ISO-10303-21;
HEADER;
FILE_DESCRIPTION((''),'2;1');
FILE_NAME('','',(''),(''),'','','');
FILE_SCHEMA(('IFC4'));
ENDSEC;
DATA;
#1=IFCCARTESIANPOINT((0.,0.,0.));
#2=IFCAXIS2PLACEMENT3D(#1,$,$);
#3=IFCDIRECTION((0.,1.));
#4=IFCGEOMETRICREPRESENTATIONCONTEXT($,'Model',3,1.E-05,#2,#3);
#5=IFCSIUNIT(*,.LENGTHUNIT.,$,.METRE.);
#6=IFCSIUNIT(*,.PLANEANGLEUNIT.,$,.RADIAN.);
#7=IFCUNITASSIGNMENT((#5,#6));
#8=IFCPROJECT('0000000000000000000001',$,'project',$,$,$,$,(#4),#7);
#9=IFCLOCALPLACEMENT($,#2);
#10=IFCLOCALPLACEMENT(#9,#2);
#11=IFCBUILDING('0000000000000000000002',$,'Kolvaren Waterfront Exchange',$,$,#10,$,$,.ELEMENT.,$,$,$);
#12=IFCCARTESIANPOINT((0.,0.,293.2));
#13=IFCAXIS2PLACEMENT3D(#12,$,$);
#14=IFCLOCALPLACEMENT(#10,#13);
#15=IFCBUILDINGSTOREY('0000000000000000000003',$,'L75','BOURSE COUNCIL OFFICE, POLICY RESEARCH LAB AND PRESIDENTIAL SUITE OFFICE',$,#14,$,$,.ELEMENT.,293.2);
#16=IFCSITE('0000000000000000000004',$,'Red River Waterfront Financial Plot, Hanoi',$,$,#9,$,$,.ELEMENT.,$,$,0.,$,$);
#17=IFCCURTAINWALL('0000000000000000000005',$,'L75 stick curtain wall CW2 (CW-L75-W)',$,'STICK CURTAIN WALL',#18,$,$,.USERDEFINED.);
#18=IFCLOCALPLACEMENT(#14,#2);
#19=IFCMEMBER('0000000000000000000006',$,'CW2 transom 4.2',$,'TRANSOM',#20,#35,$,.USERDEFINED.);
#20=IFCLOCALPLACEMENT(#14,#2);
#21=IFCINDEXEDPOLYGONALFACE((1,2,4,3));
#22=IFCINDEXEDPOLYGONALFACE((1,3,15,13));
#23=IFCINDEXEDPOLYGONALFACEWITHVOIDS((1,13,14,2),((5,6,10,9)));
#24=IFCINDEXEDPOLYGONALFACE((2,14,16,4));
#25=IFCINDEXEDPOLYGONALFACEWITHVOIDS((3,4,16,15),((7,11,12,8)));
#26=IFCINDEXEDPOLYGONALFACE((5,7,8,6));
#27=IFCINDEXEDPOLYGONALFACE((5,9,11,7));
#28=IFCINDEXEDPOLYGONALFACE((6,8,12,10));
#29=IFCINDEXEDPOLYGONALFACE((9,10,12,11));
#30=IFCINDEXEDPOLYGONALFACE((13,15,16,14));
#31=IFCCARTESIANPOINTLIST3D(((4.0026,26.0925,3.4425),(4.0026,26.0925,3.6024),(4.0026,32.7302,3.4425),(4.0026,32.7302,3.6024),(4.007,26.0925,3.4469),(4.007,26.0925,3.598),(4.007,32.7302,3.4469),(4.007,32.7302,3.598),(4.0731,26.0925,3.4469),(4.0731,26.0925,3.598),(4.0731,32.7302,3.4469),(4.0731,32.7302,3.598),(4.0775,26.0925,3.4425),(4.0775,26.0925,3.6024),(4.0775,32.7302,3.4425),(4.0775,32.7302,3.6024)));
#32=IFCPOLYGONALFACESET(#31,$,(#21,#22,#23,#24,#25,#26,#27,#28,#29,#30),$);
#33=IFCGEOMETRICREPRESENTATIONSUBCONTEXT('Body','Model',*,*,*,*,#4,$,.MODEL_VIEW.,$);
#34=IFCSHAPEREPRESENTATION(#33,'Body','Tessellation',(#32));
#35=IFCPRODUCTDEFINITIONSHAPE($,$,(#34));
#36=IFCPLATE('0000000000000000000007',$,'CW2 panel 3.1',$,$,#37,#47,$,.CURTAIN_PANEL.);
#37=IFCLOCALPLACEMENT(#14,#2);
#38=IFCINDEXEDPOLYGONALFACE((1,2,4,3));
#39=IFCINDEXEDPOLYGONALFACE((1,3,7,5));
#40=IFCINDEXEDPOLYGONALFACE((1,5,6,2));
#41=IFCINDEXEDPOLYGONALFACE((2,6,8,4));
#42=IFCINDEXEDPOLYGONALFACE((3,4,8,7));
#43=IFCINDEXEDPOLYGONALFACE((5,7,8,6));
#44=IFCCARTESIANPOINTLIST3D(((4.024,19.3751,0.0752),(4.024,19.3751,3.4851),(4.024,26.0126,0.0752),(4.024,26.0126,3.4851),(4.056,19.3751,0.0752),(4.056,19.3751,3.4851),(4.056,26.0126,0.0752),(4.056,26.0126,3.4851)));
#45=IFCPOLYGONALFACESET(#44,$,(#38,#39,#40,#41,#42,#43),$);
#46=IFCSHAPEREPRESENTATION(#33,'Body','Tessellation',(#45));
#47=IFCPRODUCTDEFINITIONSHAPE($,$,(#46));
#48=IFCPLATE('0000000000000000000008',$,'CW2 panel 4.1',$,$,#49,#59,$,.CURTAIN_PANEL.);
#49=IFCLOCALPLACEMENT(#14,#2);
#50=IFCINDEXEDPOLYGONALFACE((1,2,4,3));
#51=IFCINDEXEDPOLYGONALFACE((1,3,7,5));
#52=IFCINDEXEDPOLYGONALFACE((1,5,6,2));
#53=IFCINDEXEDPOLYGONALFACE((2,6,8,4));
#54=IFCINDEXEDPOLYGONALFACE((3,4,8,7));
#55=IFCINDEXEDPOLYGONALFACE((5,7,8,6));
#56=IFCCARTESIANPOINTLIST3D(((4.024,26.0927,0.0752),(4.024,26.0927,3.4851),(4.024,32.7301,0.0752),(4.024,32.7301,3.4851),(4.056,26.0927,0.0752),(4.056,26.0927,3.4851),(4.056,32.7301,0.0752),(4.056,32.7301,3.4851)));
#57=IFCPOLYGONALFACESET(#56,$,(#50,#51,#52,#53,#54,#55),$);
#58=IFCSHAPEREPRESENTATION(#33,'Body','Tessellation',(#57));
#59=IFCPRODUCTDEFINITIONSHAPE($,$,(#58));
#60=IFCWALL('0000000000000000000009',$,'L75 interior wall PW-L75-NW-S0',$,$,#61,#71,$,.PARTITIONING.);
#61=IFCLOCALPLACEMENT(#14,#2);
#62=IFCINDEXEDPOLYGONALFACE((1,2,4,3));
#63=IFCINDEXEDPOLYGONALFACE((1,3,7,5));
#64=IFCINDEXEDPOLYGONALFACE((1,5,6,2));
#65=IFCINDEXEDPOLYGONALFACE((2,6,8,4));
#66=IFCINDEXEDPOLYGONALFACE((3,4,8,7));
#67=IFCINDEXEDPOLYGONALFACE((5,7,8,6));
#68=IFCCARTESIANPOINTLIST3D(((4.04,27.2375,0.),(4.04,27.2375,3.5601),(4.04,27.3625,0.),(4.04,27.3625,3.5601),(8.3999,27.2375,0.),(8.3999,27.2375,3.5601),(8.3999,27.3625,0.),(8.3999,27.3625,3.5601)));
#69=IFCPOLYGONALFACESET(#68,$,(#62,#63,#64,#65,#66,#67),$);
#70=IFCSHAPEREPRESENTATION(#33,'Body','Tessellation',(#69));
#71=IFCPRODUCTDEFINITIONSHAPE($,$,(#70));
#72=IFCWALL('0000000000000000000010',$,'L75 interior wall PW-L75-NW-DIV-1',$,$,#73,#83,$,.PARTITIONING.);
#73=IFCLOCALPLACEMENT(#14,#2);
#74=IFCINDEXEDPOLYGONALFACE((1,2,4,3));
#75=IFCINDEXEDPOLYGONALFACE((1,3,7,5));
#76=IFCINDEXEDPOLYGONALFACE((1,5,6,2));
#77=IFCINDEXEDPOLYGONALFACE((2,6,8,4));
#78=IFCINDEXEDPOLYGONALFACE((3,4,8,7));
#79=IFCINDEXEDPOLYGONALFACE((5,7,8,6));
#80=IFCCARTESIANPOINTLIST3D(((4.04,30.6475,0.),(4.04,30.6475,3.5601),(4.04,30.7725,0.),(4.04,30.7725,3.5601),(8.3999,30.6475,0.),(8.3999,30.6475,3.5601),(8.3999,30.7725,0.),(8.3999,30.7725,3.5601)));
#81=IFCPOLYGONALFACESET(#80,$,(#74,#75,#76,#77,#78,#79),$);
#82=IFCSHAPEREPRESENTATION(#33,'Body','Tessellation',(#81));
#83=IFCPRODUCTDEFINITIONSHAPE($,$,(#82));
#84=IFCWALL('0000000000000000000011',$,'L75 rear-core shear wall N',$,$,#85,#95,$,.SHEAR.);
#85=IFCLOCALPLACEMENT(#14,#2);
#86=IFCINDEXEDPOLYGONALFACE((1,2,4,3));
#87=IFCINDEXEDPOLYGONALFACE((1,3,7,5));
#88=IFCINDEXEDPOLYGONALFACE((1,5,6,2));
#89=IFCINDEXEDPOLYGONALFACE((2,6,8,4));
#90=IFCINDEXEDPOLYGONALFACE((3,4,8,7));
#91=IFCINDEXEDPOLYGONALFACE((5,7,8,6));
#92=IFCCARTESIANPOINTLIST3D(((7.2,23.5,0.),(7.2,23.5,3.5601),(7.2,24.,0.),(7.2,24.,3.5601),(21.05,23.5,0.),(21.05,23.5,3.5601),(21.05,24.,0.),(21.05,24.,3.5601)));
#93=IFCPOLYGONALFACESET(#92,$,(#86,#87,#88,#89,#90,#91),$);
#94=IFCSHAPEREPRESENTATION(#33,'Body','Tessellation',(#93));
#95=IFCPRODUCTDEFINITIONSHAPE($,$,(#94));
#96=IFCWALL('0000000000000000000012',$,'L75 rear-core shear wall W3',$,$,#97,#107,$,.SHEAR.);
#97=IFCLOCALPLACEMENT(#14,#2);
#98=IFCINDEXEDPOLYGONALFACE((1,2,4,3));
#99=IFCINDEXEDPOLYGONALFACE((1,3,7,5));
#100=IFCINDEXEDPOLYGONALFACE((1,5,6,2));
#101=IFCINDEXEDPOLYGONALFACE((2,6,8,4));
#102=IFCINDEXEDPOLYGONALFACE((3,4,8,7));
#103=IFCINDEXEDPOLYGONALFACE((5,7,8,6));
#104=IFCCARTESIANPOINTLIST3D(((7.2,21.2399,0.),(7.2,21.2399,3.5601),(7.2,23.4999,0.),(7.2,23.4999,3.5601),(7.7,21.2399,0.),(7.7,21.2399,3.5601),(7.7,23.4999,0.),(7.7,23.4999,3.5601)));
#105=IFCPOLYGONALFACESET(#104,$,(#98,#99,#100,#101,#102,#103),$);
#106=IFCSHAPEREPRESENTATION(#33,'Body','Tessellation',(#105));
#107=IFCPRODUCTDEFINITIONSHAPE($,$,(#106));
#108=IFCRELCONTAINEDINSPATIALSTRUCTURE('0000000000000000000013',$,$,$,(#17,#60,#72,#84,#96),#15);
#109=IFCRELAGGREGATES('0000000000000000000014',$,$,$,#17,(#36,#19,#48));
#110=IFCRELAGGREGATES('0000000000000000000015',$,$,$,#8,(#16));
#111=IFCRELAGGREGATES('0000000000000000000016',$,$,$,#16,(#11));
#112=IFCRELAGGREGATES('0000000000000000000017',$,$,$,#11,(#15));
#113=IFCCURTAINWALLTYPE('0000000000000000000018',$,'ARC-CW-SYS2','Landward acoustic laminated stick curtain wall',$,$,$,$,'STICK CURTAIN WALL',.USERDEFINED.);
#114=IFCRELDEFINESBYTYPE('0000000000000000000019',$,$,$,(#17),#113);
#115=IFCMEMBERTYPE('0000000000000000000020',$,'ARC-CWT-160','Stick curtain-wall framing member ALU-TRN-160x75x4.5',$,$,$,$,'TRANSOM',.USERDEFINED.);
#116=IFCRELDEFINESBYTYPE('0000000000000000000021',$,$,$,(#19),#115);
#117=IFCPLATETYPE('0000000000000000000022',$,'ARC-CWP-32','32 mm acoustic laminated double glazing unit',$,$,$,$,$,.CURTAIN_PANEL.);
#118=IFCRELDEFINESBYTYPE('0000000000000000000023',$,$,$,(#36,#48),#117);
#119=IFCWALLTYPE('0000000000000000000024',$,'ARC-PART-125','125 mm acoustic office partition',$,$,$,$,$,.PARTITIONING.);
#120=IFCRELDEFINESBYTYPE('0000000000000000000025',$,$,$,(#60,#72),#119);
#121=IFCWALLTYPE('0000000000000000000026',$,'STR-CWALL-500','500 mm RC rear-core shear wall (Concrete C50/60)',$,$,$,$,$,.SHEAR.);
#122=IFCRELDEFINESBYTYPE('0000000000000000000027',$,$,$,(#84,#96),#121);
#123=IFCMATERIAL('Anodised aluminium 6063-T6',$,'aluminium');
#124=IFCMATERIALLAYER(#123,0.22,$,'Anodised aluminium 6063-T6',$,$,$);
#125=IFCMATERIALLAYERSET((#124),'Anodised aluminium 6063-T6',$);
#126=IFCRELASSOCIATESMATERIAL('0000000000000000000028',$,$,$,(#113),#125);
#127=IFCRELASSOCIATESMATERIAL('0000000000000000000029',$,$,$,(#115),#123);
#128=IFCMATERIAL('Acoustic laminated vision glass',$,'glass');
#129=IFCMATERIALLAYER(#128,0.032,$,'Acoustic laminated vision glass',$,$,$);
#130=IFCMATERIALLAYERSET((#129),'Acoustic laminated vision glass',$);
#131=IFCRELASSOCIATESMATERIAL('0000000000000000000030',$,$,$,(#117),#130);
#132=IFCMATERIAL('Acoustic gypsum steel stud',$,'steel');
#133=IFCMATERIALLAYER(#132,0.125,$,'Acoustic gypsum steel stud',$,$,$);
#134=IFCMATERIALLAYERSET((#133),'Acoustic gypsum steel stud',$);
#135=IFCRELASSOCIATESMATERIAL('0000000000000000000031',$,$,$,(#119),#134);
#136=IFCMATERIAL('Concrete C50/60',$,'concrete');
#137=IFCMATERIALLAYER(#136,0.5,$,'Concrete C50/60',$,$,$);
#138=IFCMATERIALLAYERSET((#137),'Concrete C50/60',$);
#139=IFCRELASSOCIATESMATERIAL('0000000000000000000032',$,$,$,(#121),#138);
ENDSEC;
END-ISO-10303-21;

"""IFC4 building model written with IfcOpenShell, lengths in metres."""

from ifc_helpers import new_model, si_unit, direction, frame, frame_2d, origin, origin_with_axes, origin_2d, place, context, subcontext, project, spatial, rectangle, hollow_rectangle, extrude, source, transform, mapped, material, layer, layer_set, material_profile, profile_set, type_object, element, aggregate, save


model = new_model("IFC4")

# Units and contexts
model_context = context("Model", 3, precision=1e-05, world=origin(), true_north=direction((0.0, 1.0)))
body_context = subcontext(model_context, "Body", "Model", "MODEL_VIEW")
ifc_project = project(units=[si_unit("LENGTHUNIT", "METRE"), si_unit("PLANEANGLEUNIT", "RADIAN")], contexts=[model_context])

# Site, building, storey
site_placement = place(None, origin())
site = spatial("IfcSite", under=ifc_project, at=site_placement, Name="Red River Waterfront Financial Plot, Hanoi", CompositionType="ELEMENT", RefElevation=0.0)
building_placement = place(site_placement, origin())
building = spatial("IfcBuilding", under=site, at=building_placement, Name="Kolvaren Waterfront Exchange", CompositionType="ELEMENT")
storey_placement = place(building_placement, frame((0.0, 0.0, 293.2)))
storey = spatial("IfcBuildingStorey", under=building, at=storey_placement, Name="L75", Description="BOURSE COUNCIL OFFICE, POLICY RESEARCH LAB AND PRESIDENTIAL SUITE OFFICE", CompositionType="ELEMENT", Elevation=293.2)

# Shared definitions
ifc_material_1 = material(Name="Concrete C50/60", Category="concrete")

# Curtain wall, member, plates
ifc_material_2 = material(Name="Anodised aluminium 6063-T6", Category="aluminium")
ifc_layer_1 = layer(ifc_material_2, 0.22, Name="Anodised aluminium 6063-T6")
ifc_layer_set_1 = layer_set([ifc_layer_1], Name="Anodised aluminium 6063-T6")
curtain_wall_type = type_object("IfcCurtainWallType", Name="ARC-CW-SYS2", Description="Landward acoustic laminated stick curtain wall", ElementType="STICK CURTAIN WALL", PredefinedType="USERDEFINED", material=ifc_layer_set_1)
curtain_wall_placement = place(storey_placement, origin())
curtain_wall = element("IfcCurtainWall", 1, at=curtain_wall_placement, inside=storey, type_object=curtain_wall_type, Name="L75 stick curtain wall CW2 (CW-L75-W)", ObjectType="STICK CURTAIN WALL", PredefinedType="USERDEFINED")
ifc_material_profile_1 = material_profile(ifc_material_2, hollow_rectangle(XDim=0.075, YDim=0.1599, WallThickness=0.0044, at=origin_2d()), Name="ALU-TRN-160x75x4.5")
ifc_profile_set_1 = profile_set([ifc_material_profile_1], Name="Anodised aluminium 6063-T6")
member_type_1 = type_object("IfcMemberType", Name="ARC-CWT-160", Description="Stick curtain-wall framing member ALU-TRN-160x75x4.5", ElementType="TRANSOM", PredefinedType="USERDEFINED", material=ifc_profile_set_1)
shared_shape_1 = source(origin_with_axes(), body_context, "Body", "SweptSolid", [
    extrude(hollow_rectangle(XDim=0.075, YDim=0.1599, WallThickness=0.0044, at=origin_2d()), origin(), (0.0, 0.0, 1.0), 6.6377),
])
member_1_placement = place(storey_placement, frame((4.04, 26.0925, 3.5225), z_axis=(0.0, 1.0, 0.0), x_axis=(-1.0, 0.0, 0.0)))
member_1 = element("IfcMember", 2, at=member_1_placement, type_object=member_type_1, Name="CW2 transom 4.2", ObjectType="TRANSOM", PredefinedType="USERDEFINED", context=body_context, shape_type="MappedRepresentation", body=[
    mapped(shared_shape_1, transform((0.0, 0.0, 0.0), x_axis=(1.0, 0.0, 0.0), y_axis=(0.0, 1.0, 0.0), z_axis=(0.0, 0.0, 1.0), scale=1.0)),
])
ifc_material_3 = material(Name="Acoustic laminated vision glass", Category="glass")
ifc_layer_2 = layer(ifc_material_3, 0.032, Name="Acoustic laminated vision glass")
ifc_layer_set_2 = layer_set([ifc_layer_2], Name="Acoustic laminated vision glass")
plate_type = type_object("IfcPlateType", Name="ARC-CWP-32", Description="32 mm acoustic laminated double glazing unit", PredefinedType="CURTAIN_PANEL", material=ifc_layer_set_2)
shared_shape_2 = source(origin_with_axes(), body_context, "Body", "SweptSolid", [
    extrude(rectangle(XDim=6.6375, YDim=0.032, at=origin_2d()), origin(), (0.0, 0.0, 1.0), 3.4099),
])
plate_1_placement = place(storey_placement, frame((4.04, 22.6938, 0.0752), z_axis=(0.0, 0.0, 1.0), x_axis=(0.0, 1.0, 0.0)))
plate_1 = element("IfcPlate", 3, at=plate_1_placement, type_object=plate_type, Name="CW2 panel 3.1", PredefinedType="CURTAIN_PANEL", context=body_context, shape_type="MappedRepresentation", body=[
    mapped(shared_shape_2, transform((0.0, 0.0, 0.0), x_axis=(1.0, 0.0, 0.0), y_axis=(0.0, 1.0, 0.0), z_axis=(0.0, 0.0, 1.0), scale=1.0)),
])
plate_2_placement = place(storey_placement, frame((4.04, 29.4114, 0.0752), z_axis=(0.0, 0.0, 1.0), x_axis=(0.0, 1.0, 0.0)))
plate_2 = element("IfcPlate", 4, at=plate_2_placement, type_object=plate_type, Name="CW2 panel 4.1", PredefinedType="CURTAIN_PANEL", context=body_context, shape_type="MappedRepresentation", body=[
    mapped(shared_shape_2, transform((0.0, 0.0, 0.0), x_axis=(1.0, 0.0, 0.0), y_axis=(0.0, 1.0, 0.0), z_axis=(0.0, 0.0, 1.0), scale=1.0)),
])
aggregate(curtain_wall, [plate_1, member_1, plate_2])

# Walls
ifc_material_4 = material(Name="Acoustic gypsum steel stud", Category="steel")
ifc_layer_3 = layer(ifc_material_4, 0.125, Name="Acoustic gypsum steel stud")
ifc_layer_set_3 = layer_set([ifc_layer_3], Name="Acoustic gypsum steel stud")
wall_type_1 = type_object("IfcWallType", Name="ARC-PART-125", Description="125 mm acoustic office partition", PredefinedType="PARTITIONING", material=ifc_layer_set_3)
for number, where, z_axis, x_axis, name in (
    (5, (4.04, 27.3, 0.0), (0.0, 0.0, 1.0), (1.0, 0.0, 0.0), "L75 interior wall PW-L75-NW-S0"),
    (6, (4.04, 30.71, 0.0), (0.0, 0.0, 1.0), (1.0, 0.0, 0.0), "L75 interior wall PW-L75-NW-DIV-1"),
):
    element("IfcWall", number, at=place(storey_placement, frame(where, z_axis=z_axis, x_axis=x_axis)), inside=storey, type_object=wall_type_1, Name=name, PredefinedType="PARTITIONING", context=body_context, shape_type="SweptSolid", body=[
        extrude(rectangle(XDim=4.3599, YDim=0.125, at=frame_2d((2.1799, 0.0))), origin(), (0.0, 0.0, 1.0), 3.5601),
    ])

# Walls
ifc_layer_4 = layer(ifc_material_1, 0.5, Name="Concrete C50/60")
ifc_layer_set_4 = layer_set([ifc_layer_4], Name="Concrete C50/60")
wall_type_2 = type_object("IfcWallType", Name="STR-CWALL-500", Description="500 mm RC rear-core shear wall (Concrete C50/60)", PredefinedType="SHEAR", material=ifc_layer_set_4)
wall_1_placement = place(storey_placement, frame((7.2, 23.75, 0.0), z_axis=(0.0, 0.0, 1.0), x_axis=(1.0, 0.0, 0.0)))
element("IfcWall", 7, at=wall_1_placement, inside=storey, type_object=wall_type_2, Name="L75 rear-core shear wall N", PredefinedType="SHEAR", context=body_context, shape_type="SweptSolid", body=[
    extrude(rectangle(XDim=13.8501, YDim=0.5, at=frame_2d((6.925, 0.0))), origin(), (0.0, 0.0, 1.0), 3.5601),
])
wall_2_placement = place(storey_placement, frame((7.45, 21.24, 0.0), z_axis=(0.0, 0.0, 1.0), x_axis=(0.0, 1.0, 0.0)))
element("IfcWall", 8, at=wall_2_placement, inside=storey, type_object=wall_type_2, Name="L75 rear-core shear wall W3", PredefinedType="SHEAR", context=body_context, shape_type="SweptSolid", body=[
    extrude(rectangle(XDim=2.26, YDim=0.5, at=frame_2d((1.1299, 0.0))), origin(), (0.0, 0.0, 1.0), 3.5601),
])

save(model, "model.ifc")
